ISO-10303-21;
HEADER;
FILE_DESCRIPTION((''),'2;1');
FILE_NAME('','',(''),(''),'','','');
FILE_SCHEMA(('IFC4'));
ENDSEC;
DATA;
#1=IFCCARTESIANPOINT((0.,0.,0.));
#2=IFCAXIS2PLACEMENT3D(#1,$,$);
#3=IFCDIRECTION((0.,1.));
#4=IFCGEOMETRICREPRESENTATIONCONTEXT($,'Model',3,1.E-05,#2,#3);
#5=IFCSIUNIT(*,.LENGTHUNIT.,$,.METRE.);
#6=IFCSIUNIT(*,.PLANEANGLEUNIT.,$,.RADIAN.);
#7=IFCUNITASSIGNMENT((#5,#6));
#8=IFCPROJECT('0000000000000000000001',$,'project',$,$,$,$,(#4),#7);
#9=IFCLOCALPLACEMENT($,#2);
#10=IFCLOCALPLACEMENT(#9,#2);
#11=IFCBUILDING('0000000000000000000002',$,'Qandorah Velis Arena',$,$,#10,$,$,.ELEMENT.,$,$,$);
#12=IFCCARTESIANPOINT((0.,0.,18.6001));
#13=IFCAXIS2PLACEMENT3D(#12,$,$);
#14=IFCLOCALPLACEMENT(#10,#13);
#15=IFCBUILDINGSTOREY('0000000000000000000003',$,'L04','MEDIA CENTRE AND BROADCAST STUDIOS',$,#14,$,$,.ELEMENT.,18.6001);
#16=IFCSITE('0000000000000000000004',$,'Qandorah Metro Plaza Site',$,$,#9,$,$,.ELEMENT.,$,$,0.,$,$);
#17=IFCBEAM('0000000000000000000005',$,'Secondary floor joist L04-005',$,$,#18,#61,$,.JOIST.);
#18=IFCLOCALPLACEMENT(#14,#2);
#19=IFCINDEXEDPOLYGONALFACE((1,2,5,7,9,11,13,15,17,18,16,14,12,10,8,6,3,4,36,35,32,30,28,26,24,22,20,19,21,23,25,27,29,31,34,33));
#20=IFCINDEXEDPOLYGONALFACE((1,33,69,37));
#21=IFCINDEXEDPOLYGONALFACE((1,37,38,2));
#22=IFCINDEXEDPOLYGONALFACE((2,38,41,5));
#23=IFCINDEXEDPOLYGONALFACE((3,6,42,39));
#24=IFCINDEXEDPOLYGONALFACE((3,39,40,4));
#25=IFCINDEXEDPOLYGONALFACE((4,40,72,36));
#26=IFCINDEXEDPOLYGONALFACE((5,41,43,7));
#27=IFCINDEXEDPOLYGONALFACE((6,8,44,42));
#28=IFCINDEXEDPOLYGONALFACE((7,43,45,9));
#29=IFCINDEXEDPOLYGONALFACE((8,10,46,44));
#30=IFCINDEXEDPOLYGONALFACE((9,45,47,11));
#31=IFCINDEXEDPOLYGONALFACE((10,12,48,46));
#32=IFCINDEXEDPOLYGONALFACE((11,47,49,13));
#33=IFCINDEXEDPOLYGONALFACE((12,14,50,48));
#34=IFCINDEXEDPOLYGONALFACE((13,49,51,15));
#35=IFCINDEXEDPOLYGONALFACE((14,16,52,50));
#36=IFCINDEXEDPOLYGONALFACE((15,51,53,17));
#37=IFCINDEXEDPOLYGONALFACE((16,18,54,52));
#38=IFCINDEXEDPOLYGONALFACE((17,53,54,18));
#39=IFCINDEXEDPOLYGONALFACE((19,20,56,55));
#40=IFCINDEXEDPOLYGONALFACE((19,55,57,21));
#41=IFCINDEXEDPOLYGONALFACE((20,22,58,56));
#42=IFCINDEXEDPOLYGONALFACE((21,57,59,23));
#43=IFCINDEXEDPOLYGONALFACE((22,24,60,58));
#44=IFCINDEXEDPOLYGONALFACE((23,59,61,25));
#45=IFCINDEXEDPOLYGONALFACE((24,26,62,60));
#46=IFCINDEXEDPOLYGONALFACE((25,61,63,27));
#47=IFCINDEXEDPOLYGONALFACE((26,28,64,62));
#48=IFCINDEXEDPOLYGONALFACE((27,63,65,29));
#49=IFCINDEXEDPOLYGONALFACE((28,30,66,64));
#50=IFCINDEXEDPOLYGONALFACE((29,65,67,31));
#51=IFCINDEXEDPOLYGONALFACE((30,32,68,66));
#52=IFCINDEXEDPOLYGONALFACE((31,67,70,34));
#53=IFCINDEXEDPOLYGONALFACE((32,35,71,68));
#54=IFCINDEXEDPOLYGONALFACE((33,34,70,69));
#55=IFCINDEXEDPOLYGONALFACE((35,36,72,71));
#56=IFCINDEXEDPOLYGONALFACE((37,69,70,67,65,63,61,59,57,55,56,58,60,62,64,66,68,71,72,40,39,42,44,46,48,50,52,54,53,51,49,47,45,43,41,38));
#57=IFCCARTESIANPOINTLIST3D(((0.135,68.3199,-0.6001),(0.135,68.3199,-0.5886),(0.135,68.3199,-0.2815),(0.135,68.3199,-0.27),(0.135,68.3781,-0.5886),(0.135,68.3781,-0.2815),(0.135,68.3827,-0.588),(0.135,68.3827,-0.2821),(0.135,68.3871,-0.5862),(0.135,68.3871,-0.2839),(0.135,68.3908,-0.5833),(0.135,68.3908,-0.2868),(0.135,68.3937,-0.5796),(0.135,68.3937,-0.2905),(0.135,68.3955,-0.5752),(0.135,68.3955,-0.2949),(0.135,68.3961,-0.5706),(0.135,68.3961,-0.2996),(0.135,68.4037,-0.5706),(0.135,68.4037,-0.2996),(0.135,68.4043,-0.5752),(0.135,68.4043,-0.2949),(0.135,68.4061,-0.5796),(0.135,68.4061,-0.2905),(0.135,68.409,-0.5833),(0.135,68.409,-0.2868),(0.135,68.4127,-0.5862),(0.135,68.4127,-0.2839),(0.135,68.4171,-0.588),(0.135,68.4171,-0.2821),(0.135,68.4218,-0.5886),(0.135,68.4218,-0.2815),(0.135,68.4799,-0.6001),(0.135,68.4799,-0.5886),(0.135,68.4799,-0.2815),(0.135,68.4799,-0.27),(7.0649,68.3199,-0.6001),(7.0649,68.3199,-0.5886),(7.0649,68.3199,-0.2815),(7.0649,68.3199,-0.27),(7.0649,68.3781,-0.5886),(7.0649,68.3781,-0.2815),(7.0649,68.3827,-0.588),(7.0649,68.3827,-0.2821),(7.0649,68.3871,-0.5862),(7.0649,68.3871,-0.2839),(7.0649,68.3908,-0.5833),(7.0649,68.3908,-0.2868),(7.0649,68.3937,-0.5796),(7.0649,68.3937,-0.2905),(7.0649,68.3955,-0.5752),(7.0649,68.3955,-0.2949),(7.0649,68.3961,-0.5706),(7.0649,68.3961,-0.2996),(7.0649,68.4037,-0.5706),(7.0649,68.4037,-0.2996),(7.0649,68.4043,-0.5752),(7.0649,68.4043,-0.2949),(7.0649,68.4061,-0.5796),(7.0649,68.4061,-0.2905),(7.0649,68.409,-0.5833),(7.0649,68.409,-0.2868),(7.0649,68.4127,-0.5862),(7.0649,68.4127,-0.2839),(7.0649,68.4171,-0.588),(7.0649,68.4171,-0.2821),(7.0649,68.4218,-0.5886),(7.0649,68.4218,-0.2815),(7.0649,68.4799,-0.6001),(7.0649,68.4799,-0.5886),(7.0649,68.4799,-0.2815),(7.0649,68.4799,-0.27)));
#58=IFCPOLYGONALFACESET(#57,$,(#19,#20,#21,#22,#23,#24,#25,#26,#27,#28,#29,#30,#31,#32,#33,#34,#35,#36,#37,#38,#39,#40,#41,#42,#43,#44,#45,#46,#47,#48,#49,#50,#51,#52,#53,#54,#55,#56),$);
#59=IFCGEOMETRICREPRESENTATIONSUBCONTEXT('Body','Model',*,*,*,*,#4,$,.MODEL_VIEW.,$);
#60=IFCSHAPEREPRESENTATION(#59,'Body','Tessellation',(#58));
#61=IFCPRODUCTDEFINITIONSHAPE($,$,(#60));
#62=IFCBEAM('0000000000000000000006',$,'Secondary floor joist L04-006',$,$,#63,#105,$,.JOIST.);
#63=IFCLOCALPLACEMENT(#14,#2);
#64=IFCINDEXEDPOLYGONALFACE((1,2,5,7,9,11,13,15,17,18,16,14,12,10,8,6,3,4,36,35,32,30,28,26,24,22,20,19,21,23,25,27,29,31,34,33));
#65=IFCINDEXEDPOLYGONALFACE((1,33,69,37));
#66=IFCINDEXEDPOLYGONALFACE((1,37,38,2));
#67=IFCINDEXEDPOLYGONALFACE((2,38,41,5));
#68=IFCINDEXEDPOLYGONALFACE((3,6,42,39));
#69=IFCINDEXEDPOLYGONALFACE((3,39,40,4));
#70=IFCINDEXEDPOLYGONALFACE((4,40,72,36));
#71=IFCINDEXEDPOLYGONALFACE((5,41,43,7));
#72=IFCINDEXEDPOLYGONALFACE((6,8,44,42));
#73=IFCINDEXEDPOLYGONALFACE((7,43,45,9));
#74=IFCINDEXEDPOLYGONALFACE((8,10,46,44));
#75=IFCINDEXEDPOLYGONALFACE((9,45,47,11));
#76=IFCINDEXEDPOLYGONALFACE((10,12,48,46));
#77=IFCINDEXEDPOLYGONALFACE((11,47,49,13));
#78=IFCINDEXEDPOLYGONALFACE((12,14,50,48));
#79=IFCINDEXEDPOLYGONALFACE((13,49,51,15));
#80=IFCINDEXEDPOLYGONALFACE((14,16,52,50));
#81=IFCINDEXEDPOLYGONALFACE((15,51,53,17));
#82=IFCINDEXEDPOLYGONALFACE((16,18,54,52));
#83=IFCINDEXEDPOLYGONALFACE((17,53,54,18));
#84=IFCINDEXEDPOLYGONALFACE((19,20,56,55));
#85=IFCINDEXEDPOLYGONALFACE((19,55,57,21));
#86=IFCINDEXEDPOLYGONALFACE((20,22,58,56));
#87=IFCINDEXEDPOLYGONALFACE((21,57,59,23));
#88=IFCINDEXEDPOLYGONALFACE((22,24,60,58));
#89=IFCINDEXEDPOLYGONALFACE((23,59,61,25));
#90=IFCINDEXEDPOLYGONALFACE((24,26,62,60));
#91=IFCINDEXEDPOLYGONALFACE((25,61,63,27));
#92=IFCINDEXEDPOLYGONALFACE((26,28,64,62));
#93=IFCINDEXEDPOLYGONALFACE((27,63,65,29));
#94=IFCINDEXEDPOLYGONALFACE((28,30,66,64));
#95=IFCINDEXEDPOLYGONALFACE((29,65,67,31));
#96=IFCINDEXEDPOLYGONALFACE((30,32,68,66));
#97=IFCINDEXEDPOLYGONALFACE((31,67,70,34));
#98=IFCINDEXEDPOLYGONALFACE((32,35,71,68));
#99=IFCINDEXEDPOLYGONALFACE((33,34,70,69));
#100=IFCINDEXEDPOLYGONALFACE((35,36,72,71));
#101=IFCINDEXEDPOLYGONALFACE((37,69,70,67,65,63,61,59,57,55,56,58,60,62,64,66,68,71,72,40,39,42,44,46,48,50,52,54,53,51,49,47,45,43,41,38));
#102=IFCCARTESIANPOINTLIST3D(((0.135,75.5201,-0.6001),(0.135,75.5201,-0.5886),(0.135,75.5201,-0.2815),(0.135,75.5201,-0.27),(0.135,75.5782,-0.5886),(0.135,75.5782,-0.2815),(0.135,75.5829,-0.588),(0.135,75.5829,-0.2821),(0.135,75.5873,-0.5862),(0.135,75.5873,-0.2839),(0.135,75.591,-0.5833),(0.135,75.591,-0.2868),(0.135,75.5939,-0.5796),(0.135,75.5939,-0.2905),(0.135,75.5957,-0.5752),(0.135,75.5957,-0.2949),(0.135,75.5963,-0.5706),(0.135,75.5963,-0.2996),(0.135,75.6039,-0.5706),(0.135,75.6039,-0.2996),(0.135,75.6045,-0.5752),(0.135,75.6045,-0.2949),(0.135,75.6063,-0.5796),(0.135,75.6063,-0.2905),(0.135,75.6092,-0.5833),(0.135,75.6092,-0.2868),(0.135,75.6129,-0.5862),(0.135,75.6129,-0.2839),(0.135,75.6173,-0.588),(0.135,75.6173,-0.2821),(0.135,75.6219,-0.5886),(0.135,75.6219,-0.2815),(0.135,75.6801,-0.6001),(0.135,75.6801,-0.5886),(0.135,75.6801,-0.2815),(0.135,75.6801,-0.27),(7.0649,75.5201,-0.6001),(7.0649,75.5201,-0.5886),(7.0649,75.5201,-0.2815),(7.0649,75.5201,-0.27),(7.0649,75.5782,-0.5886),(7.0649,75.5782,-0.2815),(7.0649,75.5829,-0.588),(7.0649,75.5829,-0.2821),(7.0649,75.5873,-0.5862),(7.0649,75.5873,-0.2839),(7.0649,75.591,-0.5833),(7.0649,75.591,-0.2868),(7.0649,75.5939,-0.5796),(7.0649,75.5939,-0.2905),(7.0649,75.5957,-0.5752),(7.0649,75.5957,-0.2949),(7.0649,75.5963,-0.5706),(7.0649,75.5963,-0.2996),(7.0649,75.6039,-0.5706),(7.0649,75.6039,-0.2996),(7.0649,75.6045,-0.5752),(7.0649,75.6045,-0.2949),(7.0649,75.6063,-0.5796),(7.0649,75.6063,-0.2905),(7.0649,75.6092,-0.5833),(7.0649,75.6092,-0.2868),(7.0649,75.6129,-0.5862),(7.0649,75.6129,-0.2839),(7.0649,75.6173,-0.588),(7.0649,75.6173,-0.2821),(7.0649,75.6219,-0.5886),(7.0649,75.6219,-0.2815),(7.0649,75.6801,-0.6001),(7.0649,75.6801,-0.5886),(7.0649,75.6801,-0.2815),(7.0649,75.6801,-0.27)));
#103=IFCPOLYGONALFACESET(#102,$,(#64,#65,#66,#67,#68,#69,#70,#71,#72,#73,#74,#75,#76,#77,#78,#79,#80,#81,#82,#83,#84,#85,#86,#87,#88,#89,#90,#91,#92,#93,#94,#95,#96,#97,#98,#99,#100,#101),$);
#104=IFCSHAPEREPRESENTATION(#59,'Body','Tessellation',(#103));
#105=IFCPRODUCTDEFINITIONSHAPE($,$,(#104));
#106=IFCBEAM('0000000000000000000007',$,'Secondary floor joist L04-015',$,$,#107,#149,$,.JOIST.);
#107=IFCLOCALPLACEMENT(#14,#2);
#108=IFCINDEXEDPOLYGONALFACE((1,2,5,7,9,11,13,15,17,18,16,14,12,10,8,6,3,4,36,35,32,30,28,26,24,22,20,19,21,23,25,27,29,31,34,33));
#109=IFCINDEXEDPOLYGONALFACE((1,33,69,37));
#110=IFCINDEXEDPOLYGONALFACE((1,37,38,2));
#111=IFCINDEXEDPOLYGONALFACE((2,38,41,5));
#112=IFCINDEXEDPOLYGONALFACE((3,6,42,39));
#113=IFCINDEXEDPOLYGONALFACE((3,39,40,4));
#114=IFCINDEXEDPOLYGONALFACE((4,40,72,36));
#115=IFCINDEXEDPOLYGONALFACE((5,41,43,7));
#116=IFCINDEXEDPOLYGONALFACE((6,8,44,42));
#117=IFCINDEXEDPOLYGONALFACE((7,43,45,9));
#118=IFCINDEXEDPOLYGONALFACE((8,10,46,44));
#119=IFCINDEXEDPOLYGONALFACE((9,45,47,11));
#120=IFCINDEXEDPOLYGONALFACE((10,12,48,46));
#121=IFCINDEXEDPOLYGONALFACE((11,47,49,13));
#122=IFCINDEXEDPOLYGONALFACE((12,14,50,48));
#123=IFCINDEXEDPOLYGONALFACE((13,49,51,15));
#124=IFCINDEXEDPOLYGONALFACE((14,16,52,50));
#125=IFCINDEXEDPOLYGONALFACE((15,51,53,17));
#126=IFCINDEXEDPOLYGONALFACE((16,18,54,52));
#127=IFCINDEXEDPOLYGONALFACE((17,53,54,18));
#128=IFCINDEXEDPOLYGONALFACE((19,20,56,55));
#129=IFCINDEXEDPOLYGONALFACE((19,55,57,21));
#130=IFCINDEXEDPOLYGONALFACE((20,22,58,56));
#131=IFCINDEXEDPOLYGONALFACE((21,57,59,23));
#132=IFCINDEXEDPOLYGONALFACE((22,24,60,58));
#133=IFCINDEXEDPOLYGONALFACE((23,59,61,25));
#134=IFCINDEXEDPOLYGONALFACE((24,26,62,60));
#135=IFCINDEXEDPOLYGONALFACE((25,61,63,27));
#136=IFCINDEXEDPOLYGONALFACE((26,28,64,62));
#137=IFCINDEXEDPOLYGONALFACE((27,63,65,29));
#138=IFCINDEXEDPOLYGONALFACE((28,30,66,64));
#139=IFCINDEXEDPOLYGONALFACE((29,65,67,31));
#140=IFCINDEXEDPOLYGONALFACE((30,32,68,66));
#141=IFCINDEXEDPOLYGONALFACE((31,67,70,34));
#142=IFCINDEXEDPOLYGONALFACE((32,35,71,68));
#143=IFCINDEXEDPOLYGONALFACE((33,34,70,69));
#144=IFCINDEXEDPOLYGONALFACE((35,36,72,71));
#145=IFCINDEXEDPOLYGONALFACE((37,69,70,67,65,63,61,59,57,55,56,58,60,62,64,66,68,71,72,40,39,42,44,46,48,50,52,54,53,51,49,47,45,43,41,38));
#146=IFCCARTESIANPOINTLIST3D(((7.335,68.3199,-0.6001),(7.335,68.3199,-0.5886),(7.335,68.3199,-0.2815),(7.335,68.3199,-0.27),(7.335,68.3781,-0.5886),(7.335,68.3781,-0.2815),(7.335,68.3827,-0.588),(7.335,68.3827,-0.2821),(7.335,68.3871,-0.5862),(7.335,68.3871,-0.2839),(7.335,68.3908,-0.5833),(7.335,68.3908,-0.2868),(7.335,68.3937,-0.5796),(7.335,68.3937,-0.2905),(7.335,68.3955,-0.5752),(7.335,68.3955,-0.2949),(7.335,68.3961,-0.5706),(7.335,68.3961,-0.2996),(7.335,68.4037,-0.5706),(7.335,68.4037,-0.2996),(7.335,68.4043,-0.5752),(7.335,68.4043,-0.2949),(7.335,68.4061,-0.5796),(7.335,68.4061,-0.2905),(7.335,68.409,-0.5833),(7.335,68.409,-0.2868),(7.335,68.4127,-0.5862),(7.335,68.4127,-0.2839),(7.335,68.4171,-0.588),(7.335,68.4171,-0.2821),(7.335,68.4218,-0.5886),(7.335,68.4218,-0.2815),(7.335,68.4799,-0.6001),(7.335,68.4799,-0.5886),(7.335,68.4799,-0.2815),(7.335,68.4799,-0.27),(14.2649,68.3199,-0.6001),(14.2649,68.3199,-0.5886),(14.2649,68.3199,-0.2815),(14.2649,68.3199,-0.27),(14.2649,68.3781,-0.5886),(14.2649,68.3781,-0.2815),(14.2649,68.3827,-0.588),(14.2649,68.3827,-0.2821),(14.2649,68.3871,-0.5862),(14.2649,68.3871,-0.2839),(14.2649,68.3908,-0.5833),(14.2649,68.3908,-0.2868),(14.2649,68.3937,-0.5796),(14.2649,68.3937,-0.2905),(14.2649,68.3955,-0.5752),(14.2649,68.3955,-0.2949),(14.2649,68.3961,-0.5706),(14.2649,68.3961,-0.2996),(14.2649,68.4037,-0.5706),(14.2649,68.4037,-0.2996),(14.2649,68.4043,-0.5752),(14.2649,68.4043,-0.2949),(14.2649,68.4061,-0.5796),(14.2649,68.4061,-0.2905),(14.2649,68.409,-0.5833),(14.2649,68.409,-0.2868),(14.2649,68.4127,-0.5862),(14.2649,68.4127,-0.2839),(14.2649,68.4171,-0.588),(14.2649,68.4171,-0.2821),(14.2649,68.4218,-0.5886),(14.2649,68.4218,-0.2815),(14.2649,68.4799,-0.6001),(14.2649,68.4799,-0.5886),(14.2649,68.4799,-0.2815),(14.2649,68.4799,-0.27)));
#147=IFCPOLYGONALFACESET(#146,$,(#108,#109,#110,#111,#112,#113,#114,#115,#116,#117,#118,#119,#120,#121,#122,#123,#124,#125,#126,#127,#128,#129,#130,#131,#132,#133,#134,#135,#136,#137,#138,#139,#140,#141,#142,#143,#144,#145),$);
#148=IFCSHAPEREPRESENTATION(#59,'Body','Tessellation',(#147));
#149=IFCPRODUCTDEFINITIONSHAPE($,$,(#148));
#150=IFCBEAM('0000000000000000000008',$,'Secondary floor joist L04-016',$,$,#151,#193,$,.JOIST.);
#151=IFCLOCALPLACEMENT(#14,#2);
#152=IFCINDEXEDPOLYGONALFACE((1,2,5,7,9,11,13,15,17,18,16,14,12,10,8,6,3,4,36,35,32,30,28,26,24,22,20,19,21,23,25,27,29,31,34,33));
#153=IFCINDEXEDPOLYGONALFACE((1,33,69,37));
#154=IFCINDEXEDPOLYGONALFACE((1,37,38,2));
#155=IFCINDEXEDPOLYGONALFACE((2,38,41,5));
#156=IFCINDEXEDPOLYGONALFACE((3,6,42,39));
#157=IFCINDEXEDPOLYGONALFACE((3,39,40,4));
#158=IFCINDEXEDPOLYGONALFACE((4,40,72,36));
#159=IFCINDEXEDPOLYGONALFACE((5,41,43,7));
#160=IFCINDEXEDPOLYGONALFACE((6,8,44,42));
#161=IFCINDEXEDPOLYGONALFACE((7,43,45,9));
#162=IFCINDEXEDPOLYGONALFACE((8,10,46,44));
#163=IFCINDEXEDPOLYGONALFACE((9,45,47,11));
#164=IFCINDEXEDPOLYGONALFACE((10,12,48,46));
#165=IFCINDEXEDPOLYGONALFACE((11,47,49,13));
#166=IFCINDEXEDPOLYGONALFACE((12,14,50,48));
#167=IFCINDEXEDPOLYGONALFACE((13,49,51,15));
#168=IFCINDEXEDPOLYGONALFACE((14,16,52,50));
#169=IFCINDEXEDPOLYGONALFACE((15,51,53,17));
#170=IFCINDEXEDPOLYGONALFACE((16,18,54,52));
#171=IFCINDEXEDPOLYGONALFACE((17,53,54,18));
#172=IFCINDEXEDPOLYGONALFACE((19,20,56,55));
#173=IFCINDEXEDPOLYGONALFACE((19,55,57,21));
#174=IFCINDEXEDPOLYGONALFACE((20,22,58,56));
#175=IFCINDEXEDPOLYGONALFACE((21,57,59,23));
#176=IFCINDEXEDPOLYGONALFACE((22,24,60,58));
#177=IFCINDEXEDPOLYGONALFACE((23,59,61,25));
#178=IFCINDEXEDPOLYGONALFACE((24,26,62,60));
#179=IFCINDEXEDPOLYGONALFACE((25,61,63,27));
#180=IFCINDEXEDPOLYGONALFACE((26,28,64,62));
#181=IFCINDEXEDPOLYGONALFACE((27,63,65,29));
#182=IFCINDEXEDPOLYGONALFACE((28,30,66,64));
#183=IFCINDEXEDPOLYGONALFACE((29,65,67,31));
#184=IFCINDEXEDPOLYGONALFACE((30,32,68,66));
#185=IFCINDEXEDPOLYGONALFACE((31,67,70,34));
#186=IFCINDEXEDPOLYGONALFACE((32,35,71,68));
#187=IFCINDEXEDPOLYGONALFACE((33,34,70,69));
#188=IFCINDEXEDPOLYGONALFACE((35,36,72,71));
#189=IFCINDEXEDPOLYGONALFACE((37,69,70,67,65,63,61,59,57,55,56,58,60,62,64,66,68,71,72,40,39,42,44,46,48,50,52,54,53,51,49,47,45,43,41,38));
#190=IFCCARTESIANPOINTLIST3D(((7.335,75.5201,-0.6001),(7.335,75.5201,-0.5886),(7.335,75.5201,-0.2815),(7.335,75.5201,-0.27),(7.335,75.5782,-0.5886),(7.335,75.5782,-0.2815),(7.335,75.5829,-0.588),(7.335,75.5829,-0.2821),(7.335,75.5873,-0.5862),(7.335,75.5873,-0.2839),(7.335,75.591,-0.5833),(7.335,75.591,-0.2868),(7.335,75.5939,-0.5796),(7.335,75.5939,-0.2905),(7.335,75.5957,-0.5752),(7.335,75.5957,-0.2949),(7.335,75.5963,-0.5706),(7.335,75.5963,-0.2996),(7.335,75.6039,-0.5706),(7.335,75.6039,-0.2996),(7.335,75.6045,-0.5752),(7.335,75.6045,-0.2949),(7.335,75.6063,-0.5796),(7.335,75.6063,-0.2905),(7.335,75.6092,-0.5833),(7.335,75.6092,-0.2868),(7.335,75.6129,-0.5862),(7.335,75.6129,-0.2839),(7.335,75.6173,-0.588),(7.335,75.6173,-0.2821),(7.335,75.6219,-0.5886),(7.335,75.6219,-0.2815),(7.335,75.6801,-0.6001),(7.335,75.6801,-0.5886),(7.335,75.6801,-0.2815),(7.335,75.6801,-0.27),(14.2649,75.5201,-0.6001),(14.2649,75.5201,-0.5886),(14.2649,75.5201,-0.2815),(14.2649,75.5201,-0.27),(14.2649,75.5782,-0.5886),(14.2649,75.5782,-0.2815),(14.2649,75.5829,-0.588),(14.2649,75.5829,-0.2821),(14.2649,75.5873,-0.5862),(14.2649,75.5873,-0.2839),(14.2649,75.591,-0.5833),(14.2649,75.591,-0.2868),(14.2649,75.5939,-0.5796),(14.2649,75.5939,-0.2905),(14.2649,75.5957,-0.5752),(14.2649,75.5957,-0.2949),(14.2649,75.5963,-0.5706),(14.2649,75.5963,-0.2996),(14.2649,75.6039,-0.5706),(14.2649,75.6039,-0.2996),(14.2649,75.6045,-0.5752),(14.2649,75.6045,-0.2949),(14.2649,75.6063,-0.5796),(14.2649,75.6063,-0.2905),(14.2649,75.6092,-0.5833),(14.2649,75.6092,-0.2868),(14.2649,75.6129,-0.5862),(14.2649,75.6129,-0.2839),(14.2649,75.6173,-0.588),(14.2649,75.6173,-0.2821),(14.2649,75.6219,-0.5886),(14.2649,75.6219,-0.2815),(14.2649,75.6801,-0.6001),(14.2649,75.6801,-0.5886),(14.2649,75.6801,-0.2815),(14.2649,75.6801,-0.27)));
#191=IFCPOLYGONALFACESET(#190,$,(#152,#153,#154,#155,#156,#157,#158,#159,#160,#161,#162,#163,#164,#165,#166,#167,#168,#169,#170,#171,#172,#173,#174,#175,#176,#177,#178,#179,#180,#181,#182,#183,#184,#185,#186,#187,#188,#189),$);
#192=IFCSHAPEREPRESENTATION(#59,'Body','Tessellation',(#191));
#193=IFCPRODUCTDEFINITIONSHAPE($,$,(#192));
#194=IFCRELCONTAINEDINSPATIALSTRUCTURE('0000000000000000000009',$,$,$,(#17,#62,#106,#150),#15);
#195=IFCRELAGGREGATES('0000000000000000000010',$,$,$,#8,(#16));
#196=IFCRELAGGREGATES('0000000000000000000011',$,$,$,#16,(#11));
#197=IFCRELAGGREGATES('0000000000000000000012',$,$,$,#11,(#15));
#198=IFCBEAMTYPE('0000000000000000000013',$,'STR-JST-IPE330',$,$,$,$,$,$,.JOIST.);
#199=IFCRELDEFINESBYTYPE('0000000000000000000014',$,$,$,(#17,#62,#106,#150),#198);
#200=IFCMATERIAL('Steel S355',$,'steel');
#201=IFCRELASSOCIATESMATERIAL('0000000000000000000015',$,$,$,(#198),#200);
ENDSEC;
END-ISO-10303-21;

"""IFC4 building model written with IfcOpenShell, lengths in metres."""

from ifc_helpers import new_model, si_unit, direction, frame, origin, origin_2d, place, context, subcontext, project, spatial, i_section, extrude, material, material_profile, profile_set, type_object, element, save


model = new_model("IFC4")

# Units and contexts
model_context = context("Model", 3, precision=1e-05, world=origin(), true_north=direction((0.0, 1.0)))
body_context = subcontext(model_context, "Body", "Model", "MODEL_VIEW")
ifc_project = project(units=[si_unit("LENGTHUNIT", "METRE"), si_unit("PLANEANGLEUNIT", "RADIAN")], contexts=[model_context])

# Site, building, storey
site_placement = place(None, origin())
site = spatial("IfcSite", under=ifc_project, at=site_placement, Name="Qandorah Metro Plaza Site", CompositionType="ELEMENT", RefElevation=0.0)
building_placement = place(site_placement, origin())
building = spatial("IfcBuilding", under=site, at=building_placement, Name="Qandorah Velis Arena", CompositionType="ELEMENT")
storey_placement = place(building_placement, frame((0.0, 0.0, 18.6001)))
storey = spatial("IfcBuildingStorey", under=building, at=storey_placement, Name="L04", Description="MEDIA CENTRE AND BROADCAST STUDIOS", CompositionType="ELEMENT", Elevation=18.6001)

# Shared definitions
ifc_material_1 = material(Name="Steel S355", Category="steel")

# Beams
ifc_material_profile_1 = material_profile(ifc_material_1, i_section(OverallWidth=0.1599, OverallDepth=0.3301, WebThickness=0.0076, FlangeThickness=0.0115, FilletRadius=0.0181, at=origin_2d()), Name="IPE 330")
ifc_profile_set_1 = profile_set([ifc_material_profile_1], Name="Steel S355")
beam_type_1 = type_object("IfcBeamType", Name="STR-JST-IPE330", PredefinedType="JOIST", material=ifc_profile_set_1)
for number, where, z_axis, x_axis, name in (
    (1, (0.135, 68.3999, -0.4351), (1.0, 0.0, 0.0), (0.0, 1.0, 0.0), "Secondary floor joist L04-005"),
    (2, (0.135, 75.6001, -0.4351), (1.0, 0.0, 0.0), (0.0, 1.0, 0.0), "Secondary floor joist L04-006"),
    (3, (7.335, 68.3999, -0.4351), (1.0, 0.0, 0.0), (0.0, 1.0, 0.0), "Secondary floor joist L04-015"),
    (4, (7.335, 75.6001, -0.4351), (1.0, 0.0, 0.0), (0.0, 1.0, 0.0), "Secondary floor joist L04-016"),
):
    element("IfcBeam", number, at=place(storey_placement, frame(where, z_axis=z_axis, x_axis=x_axis)), inside=storey, type_object=beam_type_1, Name=name, PredefinedType="JOIST", context=body_context, shape_type="SweptSolid", body=[
        extrude(i_section(OverallWidth=0.1599, OverallDepth=0.3301, WebThickness=0.0076, FlangeThickness=0.0115, FilletRadius=0.0181, at=origin_2d()), origin(), (0.0, 0.0, 1.0), 6.9299),
    ])

save(model, "model.ifc")
